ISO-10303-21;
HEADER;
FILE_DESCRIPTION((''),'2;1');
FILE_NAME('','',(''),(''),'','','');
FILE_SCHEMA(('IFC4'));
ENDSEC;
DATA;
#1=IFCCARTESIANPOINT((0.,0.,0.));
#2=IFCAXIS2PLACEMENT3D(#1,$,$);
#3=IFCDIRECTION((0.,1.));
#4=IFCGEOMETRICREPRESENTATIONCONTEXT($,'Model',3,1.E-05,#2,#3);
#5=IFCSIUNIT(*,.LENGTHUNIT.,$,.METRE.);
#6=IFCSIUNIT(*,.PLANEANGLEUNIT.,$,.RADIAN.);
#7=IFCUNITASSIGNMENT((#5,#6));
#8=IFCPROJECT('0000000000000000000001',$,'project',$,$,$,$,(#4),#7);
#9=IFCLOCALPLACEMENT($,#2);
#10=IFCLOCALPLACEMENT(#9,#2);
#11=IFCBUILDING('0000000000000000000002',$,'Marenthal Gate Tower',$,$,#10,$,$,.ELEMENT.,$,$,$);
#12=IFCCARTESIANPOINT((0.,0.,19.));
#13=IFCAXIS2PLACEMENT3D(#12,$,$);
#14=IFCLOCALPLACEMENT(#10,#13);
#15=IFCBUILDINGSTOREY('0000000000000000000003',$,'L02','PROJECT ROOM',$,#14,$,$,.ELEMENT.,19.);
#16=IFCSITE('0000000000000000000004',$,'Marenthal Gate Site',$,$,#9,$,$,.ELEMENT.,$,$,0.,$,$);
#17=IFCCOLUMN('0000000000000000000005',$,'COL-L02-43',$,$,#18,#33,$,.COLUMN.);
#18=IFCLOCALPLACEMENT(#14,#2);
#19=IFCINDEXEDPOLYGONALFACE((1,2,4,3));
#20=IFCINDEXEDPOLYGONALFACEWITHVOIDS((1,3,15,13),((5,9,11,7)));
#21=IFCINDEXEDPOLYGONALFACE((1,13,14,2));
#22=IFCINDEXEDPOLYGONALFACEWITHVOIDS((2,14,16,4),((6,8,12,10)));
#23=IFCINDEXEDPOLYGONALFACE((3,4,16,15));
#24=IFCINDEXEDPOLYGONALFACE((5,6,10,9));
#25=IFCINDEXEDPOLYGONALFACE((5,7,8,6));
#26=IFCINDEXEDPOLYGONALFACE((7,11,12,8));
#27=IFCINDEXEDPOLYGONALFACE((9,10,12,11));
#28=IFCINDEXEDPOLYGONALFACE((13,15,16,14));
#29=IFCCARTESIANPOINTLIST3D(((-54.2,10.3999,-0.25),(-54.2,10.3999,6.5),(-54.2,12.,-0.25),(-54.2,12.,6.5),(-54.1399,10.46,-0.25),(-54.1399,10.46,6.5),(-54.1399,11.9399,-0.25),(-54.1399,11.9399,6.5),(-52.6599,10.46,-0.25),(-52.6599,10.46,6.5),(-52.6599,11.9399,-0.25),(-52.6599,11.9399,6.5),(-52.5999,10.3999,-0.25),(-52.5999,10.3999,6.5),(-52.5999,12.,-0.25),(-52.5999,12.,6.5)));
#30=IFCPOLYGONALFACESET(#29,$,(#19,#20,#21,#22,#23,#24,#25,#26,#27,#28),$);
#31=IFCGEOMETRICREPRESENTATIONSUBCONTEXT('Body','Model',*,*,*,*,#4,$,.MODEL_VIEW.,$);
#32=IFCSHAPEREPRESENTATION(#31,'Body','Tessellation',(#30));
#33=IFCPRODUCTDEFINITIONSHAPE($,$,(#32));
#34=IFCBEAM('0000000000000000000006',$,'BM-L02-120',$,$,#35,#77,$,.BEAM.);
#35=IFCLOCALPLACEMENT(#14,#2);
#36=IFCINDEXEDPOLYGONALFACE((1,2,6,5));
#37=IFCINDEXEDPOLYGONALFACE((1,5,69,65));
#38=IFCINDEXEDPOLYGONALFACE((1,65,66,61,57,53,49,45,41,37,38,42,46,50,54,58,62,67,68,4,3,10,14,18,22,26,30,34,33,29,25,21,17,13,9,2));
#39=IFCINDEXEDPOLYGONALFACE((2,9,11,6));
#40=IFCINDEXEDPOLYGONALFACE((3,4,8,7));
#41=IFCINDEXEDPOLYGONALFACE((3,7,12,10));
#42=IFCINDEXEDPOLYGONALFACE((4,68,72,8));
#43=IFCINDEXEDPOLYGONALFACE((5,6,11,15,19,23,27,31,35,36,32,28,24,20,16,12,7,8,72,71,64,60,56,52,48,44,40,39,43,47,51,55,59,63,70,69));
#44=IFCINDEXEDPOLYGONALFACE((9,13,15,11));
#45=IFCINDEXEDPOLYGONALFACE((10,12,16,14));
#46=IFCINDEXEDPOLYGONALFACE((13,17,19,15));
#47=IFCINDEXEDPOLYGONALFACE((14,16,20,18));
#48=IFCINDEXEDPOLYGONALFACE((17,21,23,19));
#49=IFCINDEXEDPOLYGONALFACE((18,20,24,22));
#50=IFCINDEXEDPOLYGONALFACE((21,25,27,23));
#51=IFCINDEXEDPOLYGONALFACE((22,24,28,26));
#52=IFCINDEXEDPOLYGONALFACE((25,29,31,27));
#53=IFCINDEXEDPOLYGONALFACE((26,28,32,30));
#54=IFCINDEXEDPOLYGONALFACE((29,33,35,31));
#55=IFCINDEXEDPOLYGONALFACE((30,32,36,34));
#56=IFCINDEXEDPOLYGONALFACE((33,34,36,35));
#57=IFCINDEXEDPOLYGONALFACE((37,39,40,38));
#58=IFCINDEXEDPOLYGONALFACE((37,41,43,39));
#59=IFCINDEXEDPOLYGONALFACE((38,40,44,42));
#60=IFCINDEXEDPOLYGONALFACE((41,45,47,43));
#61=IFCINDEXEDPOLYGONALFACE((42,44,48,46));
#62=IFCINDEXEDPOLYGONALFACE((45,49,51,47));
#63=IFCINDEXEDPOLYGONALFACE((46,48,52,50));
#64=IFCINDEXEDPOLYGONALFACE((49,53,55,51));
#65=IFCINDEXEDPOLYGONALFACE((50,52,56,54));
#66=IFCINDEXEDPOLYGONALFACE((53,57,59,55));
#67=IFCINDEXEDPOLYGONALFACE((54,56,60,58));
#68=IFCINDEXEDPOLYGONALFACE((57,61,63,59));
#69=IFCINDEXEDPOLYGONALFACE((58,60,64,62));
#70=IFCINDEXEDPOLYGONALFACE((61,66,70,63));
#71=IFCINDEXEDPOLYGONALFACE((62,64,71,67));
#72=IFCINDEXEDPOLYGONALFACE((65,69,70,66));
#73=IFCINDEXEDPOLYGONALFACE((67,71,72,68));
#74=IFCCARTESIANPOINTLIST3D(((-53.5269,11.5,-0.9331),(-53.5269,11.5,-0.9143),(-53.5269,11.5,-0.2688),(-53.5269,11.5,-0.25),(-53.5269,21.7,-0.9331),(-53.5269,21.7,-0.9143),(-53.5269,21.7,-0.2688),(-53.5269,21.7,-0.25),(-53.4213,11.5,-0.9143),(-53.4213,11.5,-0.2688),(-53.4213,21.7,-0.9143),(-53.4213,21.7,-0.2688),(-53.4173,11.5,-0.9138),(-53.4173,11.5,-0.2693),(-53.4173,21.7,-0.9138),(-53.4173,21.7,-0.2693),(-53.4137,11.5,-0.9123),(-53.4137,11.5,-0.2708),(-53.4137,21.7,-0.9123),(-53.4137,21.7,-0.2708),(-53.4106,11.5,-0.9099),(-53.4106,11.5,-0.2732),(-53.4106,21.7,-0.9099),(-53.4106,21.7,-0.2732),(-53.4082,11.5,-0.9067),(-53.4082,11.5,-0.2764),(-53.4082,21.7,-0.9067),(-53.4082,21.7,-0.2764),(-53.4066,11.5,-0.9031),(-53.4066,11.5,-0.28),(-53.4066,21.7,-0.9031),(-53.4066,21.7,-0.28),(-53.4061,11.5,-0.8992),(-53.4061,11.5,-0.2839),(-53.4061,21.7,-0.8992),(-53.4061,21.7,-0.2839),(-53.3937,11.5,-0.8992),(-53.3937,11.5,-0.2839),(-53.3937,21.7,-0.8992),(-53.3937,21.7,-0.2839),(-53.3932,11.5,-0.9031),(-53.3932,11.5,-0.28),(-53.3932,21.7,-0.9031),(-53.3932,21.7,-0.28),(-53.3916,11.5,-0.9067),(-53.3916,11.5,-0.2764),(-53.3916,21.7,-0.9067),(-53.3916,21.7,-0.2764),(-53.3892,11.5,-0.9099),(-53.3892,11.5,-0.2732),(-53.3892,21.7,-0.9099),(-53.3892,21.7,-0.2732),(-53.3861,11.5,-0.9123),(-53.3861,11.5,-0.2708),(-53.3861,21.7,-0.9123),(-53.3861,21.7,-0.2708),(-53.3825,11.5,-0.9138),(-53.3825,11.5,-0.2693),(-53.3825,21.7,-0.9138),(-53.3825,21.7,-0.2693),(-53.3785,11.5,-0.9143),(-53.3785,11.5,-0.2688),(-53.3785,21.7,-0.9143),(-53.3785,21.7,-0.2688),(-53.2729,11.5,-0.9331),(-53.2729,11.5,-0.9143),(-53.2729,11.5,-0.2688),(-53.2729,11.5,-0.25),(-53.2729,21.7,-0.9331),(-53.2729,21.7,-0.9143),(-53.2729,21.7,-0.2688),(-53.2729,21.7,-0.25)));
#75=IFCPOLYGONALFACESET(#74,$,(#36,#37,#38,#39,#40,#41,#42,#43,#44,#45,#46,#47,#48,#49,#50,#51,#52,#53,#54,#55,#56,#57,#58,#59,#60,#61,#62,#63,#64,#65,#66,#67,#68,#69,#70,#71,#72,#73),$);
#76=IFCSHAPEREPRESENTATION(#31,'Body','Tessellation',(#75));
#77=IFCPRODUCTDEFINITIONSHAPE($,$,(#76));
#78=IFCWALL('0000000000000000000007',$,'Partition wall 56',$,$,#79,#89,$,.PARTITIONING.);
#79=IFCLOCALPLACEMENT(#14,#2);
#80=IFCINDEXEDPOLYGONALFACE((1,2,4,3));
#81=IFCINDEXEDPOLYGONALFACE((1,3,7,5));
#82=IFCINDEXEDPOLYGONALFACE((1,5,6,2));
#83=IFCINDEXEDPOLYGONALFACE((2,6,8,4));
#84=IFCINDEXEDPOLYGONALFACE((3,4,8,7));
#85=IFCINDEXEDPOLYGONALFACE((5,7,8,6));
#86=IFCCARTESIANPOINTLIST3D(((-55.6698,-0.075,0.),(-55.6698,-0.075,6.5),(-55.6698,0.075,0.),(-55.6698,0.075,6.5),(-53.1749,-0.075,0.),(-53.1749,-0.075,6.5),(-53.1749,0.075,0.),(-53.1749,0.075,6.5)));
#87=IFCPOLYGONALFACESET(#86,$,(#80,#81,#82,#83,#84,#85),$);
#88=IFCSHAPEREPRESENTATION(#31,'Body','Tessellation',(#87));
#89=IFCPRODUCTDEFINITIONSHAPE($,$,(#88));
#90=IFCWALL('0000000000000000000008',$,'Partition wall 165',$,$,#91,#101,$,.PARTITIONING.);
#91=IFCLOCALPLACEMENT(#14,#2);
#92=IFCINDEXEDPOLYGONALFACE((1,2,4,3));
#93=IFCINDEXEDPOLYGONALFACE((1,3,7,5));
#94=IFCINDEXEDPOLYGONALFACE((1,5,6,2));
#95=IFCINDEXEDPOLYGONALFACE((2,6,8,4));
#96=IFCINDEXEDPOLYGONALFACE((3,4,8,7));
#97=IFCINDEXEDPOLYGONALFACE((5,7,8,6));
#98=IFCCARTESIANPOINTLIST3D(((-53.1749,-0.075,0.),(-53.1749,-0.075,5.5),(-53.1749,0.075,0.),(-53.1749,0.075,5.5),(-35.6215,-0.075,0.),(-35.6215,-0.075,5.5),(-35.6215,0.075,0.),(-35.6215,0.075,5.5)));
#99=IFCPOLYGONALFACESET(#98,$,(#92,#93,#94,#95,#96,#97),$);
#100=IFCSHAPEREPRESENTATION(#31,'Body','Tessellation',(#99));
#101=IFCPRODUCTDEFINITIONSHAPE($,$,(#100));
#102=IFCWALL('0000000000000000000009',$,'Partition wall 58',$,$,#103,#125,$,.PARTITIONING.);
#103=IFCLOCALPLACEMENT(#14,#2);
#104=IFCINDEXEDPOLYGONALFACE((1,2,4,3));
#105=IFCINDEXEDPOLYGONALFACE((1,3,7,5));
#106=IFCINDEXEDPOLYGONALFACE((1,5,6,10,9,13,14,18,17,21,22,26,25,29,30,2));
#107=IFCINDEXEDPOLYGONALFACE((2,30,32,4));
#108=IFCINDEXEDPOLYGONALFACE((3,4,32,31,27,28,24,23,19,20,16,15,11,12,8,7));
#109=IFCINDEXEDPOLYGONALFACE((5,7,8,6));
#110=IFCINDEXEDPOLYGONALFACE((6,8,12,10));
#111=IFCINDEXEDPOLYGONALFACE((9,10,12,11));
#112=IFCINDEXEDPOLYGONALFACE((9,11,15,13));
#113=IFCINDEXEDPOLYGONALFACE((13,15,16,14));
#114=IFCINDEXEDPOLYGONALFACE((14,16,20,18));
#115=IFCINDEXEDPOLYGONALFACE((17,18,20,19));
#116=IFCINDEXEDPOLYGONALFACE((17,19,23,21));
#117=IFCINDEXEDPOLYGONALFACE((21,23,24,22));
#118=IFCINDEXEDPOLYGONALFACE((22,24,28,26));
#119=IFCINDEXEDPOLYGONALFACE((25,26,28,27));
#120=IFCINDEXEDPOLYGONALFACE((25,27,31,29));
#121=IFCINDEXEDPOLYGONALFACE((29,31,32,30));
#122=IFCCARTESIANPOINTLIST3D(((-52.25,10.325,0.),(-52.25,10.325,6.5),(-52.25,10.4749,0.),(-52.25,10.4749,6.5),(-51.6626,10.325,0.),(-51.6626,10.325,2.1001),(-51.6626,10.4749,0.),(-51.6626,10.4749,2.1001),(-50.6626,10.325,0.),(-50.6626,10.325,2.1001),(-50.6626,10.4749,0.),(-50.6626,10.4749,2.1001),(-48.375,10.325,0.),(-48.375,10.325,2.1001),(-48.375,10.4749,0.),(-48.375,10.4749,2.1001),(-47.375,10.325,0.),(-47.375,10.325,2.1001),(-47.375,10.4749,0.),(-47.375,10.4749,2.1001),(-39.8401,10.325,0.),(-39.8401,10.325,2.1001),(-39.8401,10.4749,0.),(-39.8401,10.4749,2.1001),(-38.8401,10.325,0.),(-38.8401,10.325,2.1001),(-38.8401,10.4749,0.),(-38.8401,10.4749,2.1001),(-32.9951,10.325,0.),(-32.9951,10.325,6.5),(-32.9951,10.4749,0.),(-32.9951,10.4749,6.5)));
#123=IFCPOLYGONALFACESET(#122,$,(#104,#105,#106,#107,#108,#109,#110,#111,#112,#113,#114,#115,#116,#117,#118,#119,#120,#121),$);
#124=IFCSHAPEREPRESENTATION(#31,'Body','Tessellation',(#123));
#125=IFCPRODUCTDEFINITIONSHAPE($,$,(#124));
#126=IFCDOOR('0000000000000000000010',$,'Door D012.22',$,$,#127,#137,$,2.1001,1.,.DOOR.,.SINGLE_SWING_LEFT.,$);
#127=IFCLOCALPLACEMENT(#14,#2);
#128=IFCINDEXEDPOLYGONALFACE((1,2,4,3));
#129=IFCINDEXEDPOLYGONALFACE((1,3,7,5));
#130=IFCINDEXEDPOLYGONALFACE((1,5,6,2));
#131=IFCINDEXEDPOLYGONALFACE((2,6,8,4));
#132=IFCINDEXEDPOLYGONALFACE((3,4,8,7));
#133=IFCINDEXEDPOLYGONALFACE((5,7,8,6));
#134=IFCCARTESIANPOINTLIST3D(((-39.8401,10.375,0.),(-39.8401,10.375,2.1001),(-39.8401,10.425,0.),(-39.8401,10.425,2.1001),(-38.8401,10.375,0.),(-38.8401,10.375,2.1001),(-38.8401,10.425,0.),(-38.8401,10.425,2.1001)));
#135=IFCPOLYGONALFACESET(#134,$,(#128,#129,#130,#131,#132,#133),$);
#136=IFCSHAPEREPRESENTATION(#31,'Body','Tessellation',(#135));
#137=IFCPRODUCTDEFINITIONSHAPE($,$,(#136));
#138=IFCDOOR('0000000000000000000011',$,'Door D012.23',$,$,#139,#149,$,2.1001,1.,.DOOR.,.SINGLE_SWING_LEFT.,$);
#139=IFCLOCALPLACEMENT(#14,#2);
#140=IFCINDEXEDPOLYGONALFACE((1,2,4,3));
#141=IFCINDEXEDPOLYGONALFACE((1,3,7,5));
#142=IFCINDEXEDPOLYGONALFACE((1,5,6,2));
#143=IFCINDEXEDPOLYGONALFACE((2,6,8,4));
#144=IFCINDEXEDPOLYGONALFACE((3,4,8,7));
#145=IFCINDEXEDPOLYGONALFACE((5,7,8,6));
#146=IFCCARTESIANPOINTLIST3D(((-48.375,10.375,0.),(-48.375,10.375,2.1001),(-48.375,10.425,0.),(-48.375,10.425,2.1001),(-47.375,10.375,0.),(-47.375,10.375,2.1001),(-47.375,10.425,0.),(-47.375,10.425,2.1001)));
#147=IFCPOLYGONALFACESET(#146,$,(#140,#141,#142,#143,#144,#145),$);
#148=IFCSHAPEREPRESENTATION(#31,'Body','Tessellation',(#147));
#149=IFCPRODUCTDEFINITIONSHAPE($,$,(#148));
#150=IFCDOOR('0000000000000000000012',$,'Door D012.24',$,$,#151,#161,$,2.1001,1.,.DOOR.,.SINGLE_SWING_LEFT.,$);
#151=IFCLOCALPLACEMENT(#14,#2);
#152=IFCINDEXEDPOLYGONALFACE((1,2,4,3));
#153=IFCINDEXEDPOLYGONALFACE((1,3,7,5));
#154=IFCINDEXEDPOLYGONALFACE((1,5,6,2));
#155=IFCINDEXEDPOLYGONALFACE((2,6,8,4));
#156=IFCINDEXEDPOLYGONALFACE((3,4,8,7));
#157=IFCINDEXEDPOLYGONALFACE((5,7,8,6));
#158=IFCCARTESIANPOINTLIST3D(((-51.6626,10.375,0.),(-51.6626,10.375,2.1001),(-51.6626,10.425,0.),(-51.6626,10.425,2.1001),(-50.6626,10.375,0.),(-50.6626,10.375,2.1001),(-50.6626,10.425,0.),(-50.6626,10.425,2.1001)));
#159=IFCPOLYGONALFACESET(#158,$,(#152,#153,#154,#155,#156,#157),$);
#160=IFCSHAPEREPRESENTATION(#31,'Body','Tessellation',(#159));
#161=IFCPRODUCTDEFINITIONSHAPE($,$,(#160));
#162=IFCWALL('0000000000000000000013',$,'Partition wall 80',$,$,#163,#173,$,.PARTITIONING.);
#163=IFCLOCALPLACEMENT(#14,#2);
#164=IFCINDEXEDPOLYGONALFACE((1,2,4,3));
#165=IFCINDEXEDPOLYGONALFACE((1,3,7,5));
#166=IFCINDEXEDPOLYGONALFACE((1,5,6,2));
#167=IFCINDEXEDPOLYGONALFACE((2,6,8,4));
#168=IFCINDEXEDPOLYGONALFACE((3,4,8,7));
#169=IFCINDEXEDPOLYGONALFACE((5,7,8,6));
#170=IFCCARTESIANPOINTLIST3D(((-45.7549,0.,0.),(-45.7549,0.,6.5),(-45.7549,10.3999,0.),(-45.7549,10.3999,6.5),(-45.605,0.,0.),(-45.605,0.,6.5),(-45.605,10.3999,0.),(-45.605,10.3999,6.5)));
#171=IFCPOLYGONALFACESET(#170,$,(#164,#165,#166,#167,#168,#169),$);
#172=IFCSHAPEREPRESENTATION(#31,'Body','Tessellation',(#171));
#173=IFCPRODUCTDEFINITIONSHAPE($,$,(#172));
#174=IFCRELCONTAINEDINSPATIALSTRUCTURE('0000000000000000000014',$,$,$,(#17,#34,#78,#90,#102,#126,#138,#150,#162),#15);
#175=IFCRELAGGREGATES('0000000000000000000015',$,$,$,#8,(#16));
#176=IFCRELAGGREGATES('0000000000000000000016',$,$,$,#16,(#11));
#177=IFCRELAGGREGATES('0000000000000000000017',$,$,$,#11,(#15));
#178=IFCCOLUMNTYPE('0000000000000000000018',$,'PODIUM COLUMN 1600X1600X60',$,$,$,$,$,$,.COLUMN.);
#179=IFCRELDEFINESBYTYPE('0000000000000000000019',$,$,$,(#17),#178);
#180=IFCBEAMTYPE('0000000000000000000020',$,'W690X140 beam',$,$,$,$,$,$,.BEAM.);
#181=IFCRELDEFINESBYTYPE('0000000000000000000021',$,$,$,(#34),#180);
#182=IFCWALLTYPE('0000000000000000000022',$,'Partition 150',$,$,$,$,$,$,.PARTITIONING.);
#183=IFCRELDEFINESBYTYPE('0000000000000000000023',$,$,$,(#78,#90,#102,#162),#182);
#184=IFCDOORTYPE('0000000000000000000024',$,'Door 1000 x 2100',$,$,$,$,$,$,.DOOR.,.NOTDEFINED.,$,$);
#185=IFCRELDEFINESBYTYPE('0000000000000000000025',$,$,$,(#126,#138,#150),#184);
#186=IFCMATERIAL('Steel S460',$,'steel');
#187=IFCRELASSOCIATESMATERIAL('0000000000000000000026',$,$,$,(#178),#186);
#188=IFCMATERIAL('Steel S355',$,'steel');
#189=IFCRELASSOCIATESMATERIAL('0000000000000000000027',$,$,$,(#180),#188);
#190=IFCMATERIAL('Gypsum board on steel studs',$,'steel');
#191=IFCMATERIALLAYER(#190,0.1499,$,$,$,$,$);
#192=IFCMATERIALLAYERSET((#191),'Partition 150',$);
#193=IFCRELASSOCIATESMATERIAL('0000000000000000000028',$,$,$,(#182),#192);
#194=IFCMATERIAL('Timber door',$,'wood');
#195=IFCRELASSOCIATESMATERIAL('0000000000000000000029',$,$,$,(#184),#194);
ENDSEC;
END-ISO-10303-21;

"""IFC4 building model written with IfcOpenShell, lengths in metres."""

from ifc_helpers import new_model, si_unit, direction, frame, frame_2d, origin, origin_2d, place, context, subcontext, project, spatial, rectangle, hollow_rectangle, i_section, extrude, material, layer, layer_set, material_profile, profile_set, type_object, element, fill, save


model = new_model("IFC4")

# Units and contexts
model_context = context("Model", 3, precision=1e-05, world=origin(), true_north=direction((0.0, 1.0)))
body_context = subcontext(model_context, "Body", "Model", "MODEL_VIEW")
ifc_project = project(units=[si_unit("LENGTHUNIT", "METRE"), si_unit("PLANEANGLEUNIT", "RADIAN")], contexts=[model_context])

# Site, building, storey
site_placement = place(None, origin())
site = spatial("IfcSite", under=ifc_project, at=site_placement, Name="Marenthal Gate Site", CompositionType="ELEMENT", RefElevation=0.0)
building_placement = place(site_placement, origin())
building = spatial("IfcBuilding", under=site, at=building_placement, Name="Marenthal Gate Tower", CompositionType="ELEMENT")
storey_placement = place(building_placement, frame((0.0, 0.0, 19.0)))
storey = spatial("IfcBuildingStorey", under=building, at=storey_placement, Name="L02", Description="PROJECT ROOM", CompositionType="ELEMENT", Elevation=19.0)

# Column
ifc_material_1 = material(Name="Steel S460", Category="steel")
ifc_material_profile_1 = material_profile(ifc_material_1, hollow_rectangle(XDim=1.6001, YDim=1.6001, WallThickness=0.0601, at=origin_2d()), Name="CFT BOX 1600X1600X60")
ifc_material_2 = material(Name="Concrete 70 MPa", Category="concrete")
ifc_material_profile_2 = material_profile(ifc_material_2, rectangle(XDim=1.48, YDim=1.48, at=origin_2d()), Name="CFT BOX 1600X1600X60 INFILL")
ifc_profile_set_1 = profile_set([ifc_material_profile_1, ifc_material_profile_2], Name="Steel S460 shell, Concrete 70 MPa infill")
column_type = type_object("IfcColumnType", Name="PODIUM COLUMN 1600X1600X60", PredefinedType="COLUMN", material=ifc_profile_set_1)
column_placement = place(storey_placement, frame((-53.3999, 11.2, -0.25), z_axis=(0.0, 0.0, 1.0), x_axis=(1.0, 0.0, 0.0)))
element("IfcColumn", 1, at=column_placement, inside=storey, type_object=column_type, Name="COL-L02-43", PredefinedType="COLUMN", context=body_context, shape_type="SweptSolid", body=[
    extrude(hollow_rectangle(XDim=1.6001, YDim=1.6001, WallThickness=0.0601, at=origin_2d()), origin(), (0.0, 0.0, 1.0), 6.75),
])

# Beam
ifc_material_3 = material(Name="Steel S355", Category="steel")
ifc_material_profile_3 = material_profile(ifc_material_3, i_section(OverallWidth=0.2539, OverallDepth=0.6831, WebThickness=0.0125, FlangeThickness=0.0188, FilletRadius=0.0151, at=origin_2d()), Name="W690X140")
ifc_profile_set_2 = profile_set([ifc_material_profile_3], Name="Steel S355")
beam_type = type_object("IfcBeamType", Name="W690X140 beam", PredefinedType="BEAM", material=ifc_profile_set_2)
beam_placement = place(storey_placement, frame((-53.3999, 11.5, -0.5916), z_axis=(0.0, 1.0, 0.0), x_axis=(-1.0, 0.0, 0.0)))
element("IfcBeam", 2, at=beam_placement, inside=storey, type_object=beam_type, Name="BM-L02-120", PredefinedType="BEAM", context=body_context, shape_type="SweptSolid", body=[
    extrude(i_section(OverallWidth=0.2539, OverallDepth=0.6831, WebThickness=0.0125, FlangeThickness=0.0188, FilletRadius=0.0151, at=origin_2d()), origin(), (0.0, 0.0, 1.0), 10.2),
])

# Walls
ifc_material_4 = material(Name="Gypsum board on steel studs", Category="steel")
ifc_layer_1 = layer(ifc_material_4, 0.1499)
ifc_layer_set_1 = layer_set([ifc_layer_1], Name="Partition 150")
wall_type_1 = type_object("IfcWallType", Name="Partition 150", PredefinedType="PARTITIONING", material=ifc_layer_set_1)
wall_1_placement = place(storey_placement, frame((-55.6699, 0.0, 0.0), z_axis=(0.0, 0.0, 1.0), x_axis=(1.0, 0.0, 0.0)))
element("IfcWall", 3, at=wall_1_placement, inside=storey, type_object=wall_type_1, Name="Partition wall 56", PredefinedType="PARTITIONING", context=body_context, shape_type="SweptSolid", body=[
    extrude(rectangle(XDim=2.4949, YDim=0.1499, at=frame_2d((1.2476, 0.0))), origin(), (0.0, 0.0, 1.0), 6.5),
])
wall_2_placement = place(storey_placement, frame((-53.175, 0.0, 0.0), z_axis=(0.0, 0.0, 1.0), x_axis=(1.0, 0.0, 0.0)))
element("IfcWall", 4, at=wall_2_placement, inside=storey, type_object=wall_type_1, Name="Partition wall 165", PredefinedType="PARTITIONING", context=body_context, shape_type="SweptSolid", body=[
    extrude(rectangle(XDim=17.5535, YDim=0.1499, at=frame_2d((8.7769, 0.0))), origin(), (0.0, 0.0, 1.0), 5.5),
])

# Wall, openings, doors
wall_3_placement = place(storey_placement, frame((-52.25, 10.3999, 0.0), z_axis=(0.0, 0.0, 1.0), x_axis=(1.0, 0.0, 0.0)))
wall_3 = element("IfcWall", 5, at=wall_3_placement, inside=storey, type_object=wall_type_1, Name="Partition wall 58", PredefinedType="PARTITIONING", context=body_context, shape_type="SweptSolid", body=[
    extrude(rectangle(XDim=19.2549, YDim=0.1499, at=frame_2d((9.6274, 0.0))), origin(), (0.0, 0.0, 1.0), 6.5),
])
opening_1_placement = place(wall_3_placement, frame((12.4099, 0.0, 0.0)))
opening_1 = element("IfcOpeningElement", 6, at=opening_1_placement, cuts=wall_3, PredefinedType="OPENING", context=body_context, shape_type="SweptSolid", body=[
    extrude(rectangle(XDim=1.0, YDim=2.1001, at=frame_2d((0.5, 1.05))), frame((0.0, 0.085, 0.0), z_axis=(0.0, -1.0, 0.0), x_axis=(1.0, 0.0, 0.0)), (0.0, 0.0, 1.0), 0.1699),
])
opening_2_placement = place(wall_3_placement, frame((3.875, 0.0, 0.0)))
opening_2 = element("IfcOpeningElement", 7, at=opening_2_placement, cuts=wall_3, PredefinedType="OPENING", context=body_context, shape_type="SweptSolid", body=[
    extrude(rectangle(XDim=1.0, YDim=2.1001, at=frame_2d((0.5, 1.05))), frame((0.0, 0.085, 0.0), z_axis=(0.0, -1.0, 0.0), x_axis=(1.0, 0.0, 0.0)), (0.0, 0.0, 1.0), 0.1699),
])
opening_3_placement = place(wall_3_placement, frame((0.5874, 0.0, 0.0)))
opening_3 = element("IfcOpeningElement", 8, at=opening_3_placement, cuts=wall_3, PredefinedType="OPENING", context=body_context, shape_type="SweptSolid", body=[
    extrude(rectangle(XDim=1.0, YDim=2.1001, at=frame_2d((0.5, 1.05))), frame((0.0, 0.085, 0.0), z_axis=(0.0, -1.0, 0.0), x_axis=(1.0, 0.0, 0.0)), (0.0, 0.0, 1.0), 0.1699),
])
ifc_material_5 = material(Name="Timber door", Category="wood")
door_type_1 = type_object("IfcDoorType", Name="Door 1000 x 2100", OperationType="NOTDEFINED", PredefinedType="DOOR", material=ifc_material_5)
door_1_placement = place(opening_1_placement, frame((1.0, 0.0, 0.0), z_axis=(0.0, 0.0, 1.0), x_axis=(-1.0, 0.0, 0.0)))
door_1 = element("IfcDoor", 9, at=door_1_placement, inside=storey, type_object=door_type_1, Name="Door D012.22", OperationType="SINGLE_SWING_LEFT", OverallHeight=2.1001, OverallWidth=1.0, PredefinedType="DOOR", context=body_context, shape_type="SweptSolid", body=[
    extrude(rectangle(XDim=1.0, YDim=2.1001, at=frame_2d((0.5, 1.05))), frame((0.0, 0.0249, 0.0), z_axis=(0.0, -1.0, 0.0), x_axis=(1.0, 0.0, 0.0)), (0.0, 0.0, 1.0), 0.05),
])
fill(opening_1, door_1)
door_2_placement = place(opening_2_placement, frame((1.0, 0.0, 0.0), z_axis=(0.0, 0.0, 1.0), x_axis=(-1.0, 0.0, 0.0)))
door_2 = element("IfcDoor", 10, at=door_2_placement, inside=storey, type_object=door_type_1, Name="Door D012.23", OperationType="SINGLE_SWING_LEFT", OverallHeight=2.1001, OverallWidth=1.0, PredefinedType="DOOR", context=body_context, shape_type="SweptSolid", body=[
    extrude(rectangle(XDim=1.0, YDim=2.1001, at=frame_2d((0.5, 1.05))), frame((0.0, 0.0249, 0.0), z_axis=(0.0, -1.0, 0.0), x_axis=(1.0, 0.0, 0.0)), (0.0, 0.0, 1.0), 0.05),
])
fill(opening_2, door_2)
door_3_placement = place(opening_3_placement, frame((1.0, 0.0, 0.0), z_axis=(0.0, 0.0, 1.0), x_axis=(-1.0, 0.0, 0.0)))
door_3 = element("IfcDoor", 11, at=door_3_placement, inside=storey, type_object=door_type_1, Name="Door D012.24", OperationType="SINGLE_SWING_LEFT", OverallHeight=2.1001, OverallWidth=1.0, PredefinedType="DOOR", context=body_context, shape_type="SweptSolid", body=[
    extrude(rectangle(XDim=1.0, YDim=2.1001, at=frame_2d((0.5, 1.05))), frame((0.0, 0.0249, 0.0), z_axis=(0.0, -1.0, 0.0), x_axis=(1.0, 0.0, 0.0)), (0.0, 0.0, 1.0), 0.05),
])
fill(opening_3, door_3)

# Wall
for number, where, z_axis, x_axis, name in (
    (12, (-45.6799, 0.0, 0.0), (0.0, 0.0, 1.0), (0.0, 1.0, 0.0), "Partition wall 80"),
):
    element("IfcWall", number, at=place(storey_placement, frame(where, z_axis=z_axis, x_axis=x_axis)), inside=storey, type_object=wall_type_1, Name=name, PredefinedType="PARTITIONING", context=body_context, shape_type="SweptSolid", body=[
        extrude(rectangle(XDim=10.3999, YDim=0.1499, at=frame_2d((5.2, 0.0))), origin(), (0.0, 0.0, 1.0), 6.5),
    ])

save(model, "model.ifc")
